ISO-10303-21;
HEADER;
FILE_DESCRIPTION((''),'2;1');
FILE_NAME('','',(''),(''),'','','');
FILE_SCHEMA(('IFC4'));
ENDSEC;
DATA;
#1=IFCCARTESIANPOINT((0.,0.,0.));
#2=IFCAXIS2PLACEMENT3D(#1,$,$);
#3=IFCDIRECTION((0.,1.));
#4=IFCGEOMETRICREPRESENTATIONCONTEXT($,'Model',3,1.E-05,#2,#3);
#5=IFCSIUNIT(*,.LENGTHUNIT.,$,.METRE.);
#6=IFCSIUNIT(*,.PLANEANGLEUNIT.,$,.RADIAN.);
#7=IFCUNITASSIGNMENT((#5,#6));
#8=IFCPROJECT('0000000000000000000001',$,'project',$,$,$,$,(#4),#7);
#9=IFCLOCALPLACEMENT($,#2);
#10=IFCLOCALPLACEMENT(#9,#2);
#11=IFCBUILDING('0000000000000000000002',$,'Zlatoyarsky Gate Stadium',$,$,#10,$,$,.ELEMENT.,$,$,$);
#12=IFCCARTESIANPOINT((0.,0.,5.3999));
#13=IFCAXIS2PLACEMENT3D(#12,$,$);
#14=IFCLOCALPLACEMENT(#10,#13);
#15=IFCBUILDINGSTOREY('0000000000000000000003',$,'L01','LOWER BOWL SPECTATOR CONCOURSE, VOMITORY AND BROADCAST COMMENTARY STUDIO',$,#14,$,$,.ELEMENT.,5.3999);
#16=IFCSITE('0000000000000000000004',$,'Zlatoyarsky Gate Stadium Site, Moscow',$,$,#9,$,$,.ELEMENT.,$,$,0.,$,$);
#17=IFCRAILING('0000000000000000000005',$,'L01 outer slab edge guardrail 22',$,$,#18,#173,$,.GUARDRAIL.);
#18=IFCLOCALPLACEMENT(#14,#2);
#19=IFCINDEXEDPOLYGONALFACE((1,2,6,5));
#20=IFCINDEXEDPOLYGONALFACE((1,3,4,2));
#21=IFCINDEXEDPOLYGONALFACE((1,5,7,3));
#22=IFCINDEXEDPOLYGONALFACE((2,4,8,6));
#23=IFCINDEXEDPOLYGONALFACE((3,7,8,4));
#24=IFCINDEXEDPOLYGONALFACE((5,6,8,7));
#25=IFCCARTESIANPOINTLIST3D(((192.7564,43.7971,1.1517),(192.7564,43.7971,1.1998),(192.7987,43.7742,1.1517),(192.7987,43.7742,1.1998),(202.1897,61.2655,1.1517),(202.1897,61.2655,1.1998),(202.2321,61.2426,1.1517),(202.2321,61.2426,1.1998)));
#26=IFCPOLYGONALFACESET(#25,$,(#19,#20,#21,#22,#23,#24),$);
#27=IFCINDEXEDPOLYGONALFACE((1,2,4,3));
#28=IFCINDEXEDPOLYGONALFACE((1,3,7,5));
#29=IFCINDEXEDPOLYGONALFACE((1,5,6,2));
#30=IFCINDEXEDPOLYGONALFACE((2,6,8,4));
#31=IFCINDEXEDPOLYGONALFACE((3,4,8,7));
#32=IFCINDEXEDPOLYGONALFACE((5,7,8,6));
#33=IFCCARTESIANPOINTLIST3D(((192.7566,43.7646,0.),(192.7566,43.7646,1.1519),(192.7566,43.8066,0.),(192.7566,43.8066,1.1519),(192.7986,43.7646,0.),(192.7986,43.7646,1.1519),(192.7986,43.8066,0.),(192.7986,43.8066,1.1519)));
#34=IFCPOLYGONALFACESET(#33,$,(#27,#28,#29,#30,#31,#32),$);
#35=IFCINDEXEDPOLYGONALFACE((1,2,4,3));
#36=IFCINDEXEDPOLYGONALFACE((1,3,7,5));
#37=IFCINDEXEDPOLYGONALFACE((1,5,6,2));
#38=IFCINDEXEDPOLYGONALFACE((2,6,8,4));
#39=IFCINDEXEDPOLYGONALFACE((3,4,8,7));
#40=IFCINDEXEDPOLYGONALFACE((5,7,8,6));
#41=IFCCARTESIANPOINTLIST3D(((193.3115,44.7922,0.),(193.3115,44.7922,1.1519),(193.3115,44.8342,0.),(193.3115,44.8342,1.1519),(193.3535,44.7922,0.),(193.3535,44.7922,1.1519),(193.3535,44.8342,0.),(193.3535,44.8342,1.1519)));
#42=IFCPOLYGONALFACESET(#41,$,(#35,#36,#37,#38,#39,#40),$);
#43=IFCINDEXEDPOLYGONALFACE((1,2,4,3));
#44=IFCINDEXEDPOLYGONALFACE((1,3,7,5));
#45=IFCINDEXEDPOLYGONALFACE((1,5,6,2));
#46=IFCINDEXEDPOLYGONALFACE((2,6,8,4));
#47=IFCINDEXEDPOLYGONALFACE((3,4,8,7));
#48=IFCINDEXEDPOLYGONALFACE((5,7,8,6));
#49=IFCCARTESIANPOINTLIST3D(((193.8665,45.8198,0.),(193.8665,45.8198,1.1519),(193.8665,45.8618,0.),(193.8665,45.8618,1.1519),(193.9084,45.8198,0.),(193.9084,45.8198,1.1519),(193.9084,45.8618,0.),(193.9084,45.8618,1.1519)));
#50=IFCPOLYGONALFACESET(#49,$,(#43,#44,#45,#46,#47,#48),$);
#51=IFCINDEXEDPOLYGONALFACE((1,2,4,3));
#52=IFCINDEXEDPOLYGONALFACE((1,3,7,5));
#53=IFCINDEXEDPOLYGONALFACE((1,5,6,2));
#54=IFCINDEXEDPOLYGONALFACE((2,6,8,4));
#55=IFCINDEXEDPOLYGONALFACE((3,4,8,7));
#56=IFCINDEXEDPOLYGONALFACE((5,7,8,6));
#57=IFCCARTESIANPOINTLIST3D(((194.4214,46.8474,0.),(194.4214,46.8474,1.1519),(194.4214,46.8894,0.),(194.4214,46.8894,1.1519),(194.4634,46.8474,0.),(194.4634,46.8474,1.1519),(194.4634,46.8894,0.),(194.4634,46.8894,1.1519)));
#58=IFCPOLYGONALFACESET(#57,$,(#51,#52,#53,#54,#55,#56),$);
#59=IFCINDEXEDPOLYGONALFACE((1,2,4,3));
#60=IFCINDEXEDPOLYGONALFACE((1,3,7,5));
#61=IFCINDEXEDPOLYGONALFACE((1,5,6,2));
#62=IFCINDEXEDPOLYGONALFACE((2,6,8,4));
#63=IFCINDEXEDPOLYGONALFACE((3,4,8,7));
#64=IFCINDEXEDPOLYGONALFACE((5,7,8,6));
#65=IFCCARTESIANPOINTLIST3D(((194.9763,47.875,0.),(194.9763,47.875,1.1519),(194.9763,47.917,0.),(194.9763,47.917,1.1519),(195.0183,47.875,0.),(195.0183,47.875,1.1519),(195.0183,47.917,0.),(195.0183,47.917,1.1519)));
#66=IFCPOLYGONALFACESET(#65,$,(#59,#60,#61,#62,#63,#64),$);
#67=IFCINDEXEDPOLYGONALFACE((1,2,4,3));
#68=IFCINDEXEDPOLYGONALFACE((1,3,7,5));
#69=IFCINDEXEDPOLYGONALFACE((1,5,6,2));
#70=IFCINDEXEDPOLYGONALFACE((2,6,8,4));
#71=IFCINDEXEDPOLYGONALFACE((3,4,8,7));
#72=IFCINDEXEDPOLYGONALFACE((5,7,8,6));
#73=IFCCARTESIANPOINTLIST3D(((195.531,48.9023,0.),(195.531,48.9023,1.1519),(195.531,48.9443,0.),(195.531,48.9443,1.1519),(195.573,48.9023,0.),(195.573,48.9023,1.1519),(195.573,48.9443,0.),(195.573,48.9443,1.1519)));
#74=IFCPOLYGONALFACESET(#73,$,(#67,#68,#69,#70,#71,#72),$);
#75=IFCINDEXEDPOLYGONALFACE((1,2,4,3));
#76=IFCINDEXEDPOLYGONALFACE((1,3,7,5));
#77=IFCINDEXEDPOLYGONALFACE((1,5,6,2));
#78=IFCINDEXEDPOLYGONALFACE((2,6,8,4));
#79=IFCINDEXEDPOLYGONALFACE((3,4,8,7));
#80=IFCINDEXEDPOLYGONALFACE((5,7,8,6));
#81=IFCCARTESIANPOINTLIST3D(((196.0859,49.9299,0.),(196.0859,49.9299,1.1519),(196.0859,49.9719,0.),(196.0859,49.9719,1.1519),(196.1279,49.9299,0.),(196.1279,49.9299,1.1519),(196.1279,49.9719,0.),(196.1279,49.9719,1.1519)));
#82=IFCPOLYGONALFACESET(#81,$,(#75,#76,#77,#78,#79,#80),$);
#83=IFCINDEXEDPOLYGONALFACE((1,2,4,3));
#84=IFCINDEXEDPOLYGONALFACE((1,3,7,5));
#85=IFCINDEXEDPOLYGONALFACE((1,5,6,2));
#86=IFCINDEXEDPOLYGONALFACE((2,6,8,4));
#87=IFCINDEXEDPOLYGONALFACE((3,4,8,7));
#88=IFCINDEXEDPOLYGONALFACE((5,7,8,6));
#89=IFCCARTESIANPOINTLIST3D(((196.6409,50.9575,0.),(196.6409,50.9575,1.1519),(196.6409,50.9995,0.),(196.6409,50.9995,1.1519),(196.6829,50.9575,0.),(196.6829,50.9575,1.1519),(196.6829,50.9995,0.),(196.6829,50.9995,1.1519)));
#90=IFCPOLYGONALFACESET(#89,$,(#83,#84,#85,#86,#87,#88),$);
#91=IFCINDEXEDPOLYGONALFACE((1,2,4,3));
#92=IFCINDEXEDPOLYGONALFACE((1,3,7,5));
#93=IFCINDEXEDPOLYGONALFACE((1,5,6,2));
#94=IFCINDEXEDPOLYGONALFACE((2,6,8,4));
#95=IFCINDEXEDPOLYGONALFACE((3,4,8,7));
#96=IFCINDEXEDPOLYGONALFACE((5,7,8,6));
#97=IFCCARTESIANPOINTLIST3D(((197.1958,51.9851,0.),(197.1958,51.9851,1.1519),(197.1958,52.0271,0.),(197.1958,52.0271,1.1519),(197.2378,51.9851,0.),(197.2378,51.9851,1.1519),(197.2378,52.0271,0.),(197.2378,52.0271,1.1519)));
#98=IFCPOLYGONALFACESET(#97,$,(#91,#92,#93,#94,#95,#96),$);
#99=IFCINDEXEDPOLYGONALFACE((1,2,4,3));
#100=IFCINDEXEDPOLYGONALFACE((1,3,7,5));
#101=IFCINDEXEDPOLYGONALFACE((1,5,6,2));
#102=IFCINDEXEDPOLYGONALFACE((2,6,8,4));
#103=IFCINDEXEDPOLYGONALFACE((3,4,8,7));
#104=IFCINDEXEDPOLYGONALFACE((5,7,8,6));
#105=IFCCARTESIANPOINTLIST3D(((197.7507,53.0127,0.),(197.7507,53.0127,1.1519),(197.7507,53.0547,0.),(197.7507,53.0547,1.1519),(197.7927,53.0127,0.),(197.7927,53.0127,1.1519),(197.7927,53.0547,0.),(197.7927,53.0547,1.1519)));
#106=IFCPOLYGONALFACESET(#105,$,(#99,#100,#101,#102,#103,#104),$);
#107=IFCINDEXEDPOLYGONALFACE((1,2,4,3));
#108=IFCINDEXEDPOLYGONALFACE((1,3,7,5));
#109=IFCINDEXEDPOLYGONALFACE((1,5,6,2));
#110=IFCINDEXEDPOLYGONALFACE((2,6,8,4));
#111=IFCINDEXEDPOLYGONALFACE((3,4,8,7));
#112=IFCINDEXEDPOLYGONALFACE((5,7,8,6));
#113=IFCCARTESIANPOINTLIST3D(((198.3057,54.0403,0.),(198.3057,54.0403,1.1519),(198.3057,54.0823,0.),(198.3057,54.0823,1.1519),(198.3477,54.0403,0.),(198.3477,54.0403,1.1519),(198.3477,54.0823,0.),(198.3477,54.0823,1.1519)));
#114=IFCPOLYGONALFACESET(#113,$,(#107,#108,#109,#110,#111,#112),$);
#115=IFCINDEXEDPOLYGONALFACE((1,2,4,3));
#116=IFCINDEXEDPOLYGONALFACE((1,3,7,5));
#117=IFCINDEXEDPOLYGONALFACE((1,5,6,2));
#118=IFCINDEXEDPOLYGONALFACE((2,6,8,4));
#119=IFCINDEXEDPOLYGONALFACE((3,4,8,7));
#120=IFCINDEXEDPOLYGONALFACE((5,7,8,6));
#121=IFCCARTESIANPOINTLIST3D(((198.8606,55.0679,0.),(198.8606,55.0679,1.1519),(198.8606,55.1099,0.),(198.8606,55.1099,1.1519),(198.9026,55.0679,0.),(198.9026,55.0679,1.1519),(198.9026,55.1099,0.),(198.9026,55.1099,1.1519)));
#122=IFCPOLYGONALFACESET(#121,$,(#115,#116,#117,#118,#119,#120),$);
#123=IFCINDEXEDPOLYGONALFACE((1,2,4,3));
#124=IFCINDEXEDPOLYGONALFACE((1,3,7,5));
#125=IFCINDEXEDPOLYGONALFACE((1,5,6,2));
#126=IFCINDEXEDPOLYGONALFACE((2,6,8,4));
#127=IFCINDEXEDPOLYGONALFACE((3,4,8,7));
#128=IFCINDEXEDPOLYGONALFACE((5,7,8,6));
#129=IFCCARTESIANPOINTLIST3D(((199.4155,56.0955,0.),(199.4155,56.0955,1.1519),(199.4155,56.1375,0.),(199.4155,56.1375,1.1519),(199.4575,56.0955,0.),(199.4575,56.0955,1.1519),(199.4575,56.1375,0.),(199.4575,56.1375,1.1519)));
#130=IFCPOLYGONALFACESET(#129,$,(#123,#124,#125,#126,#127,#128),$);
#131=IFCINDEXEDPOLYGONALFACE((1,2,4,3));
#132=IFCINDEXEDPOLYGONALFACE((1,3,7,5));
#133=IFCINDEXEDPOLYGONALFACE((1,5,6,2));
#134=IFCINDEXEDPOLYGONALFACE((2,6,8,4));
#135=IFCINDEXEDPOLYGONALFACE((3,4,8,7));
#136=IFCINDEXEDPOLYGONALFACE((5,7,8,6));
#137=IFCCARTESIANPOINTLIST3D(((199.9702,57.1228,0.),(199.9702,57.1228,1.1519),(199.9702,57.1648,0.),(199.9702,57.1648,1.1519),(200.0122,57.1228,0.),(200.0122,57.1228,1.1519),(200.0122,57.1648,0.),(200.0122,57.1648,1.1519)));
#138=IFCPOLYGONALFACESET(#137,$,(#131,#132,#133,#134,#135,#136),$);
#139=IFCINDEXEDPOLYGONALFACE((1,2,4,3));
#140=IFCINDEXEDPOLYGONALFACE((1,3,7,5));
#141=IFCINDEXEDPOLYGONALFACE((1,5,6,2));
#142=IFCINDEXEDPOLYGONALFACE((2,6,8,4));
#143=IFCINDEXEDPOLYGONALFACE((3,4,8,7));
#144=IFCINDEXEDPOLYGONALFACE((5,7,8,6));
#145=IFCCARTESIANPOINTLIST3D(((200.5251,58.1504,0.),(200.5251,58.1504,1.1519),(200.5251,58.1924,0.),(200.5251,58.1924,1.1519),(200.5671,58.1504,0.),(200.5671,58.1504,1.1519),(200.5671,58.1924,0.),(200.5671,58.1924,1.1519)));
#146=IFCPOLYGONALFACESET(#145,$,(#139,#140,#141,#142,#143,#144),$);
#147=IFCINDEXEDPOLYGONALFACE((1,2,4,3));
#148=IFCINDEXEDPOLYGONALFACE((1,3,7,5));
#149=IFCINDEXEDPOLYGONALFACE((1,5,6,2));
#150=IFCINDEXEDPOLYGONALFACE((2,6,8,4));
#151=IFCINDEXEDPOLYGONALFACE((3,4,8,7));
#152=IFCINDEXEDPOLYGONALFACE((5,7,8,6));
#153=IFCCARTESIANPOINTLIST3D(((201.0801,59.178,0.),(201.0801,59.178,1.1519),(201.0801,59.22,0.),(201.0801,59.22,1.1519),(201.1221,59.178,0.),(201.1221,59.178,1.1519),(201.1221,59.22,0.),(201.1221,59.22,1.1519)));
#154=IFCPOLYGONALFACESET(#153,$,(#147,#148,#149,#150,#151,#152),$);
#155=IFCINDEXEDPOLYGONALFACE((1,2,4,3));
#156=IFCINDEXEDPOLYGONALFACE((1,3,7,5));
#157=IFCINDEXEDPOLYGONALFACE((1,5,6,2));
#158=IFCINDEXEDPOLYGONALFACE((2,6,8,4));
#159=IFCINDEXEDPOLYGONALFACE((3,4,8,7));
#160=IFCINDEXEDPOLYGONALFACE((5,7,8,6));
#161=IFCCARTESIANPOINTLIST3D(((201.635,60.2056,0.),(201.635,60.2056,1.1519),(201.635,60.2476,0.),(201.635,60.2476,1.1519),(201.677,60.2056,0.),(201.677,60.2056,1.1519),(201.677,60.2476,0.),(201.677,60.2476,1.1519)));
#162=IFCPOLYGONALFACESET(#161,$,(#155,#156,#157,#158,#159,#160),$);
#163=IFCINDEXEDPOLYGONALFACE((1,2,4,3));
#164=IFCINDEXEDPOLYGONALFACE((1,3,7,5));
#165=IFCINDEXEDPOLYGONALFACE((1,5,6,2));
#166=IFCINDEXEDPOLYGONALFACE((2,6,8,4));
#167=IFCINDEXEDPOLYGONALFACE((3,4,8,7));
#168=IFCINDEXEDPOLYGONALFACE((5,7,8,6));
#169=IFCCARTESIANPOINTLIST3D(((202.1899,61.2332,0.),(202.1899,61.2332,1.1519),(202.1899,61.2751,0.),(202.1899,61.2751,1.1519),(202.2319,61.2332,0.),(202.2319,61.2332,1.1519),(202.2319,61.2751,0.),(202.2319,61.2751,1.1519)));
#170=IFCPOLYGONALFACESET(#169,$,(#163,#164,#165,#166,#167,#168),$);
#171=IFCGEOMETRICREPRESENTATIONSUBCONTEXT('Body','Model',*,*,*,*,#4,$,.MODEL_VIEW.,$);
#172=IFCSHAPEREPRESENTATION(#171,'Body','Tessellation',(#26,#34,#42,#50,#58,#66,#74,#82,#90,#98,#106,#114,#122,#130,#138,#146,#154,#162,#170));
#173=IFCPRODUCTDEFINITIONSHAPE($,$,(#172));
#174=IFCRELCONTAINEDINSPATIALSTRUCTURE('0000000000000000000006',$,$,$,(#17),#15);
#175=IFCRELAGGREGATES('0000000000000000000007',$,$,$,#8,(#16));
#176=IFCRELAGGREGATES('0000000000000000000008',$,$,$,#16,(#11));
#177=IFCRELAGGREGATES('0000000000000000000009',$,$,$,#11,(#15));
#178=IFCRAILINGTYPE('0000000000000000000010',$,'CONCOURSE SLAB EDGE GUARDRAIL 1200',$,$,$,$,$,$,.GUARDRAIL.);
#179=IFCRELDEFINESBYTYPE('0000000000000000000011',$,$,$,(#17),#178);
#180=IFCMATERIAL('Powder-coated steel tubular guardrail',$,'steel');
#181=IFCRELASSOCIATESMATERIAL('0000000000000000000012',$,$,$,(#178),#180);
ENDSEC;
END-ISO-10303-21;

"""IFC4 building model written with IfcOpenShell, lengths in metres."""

from ifc_helpers import new_model, si_unit, direction, frame, origin, origin_2d, place, context, subcontext, project, spatial, rectangle, extrude, material, type_object, element, save


model = new_model("IFC4")

# Units and contexts
model_context = context("Model", 3, precision=1e-05, world=origin(), true_north=direction((0.0, 1.0)))
body_context = subcontext(model_context, "Body", "Model", "MODEL_VIEW")
ifc_project = project(units=[si_unit("LENGTHUNIT", "METRE"), si_unit("PLANEANGLEUNIT", "RADIAN")], contexts=[model_context])

# Site, building, storey
site_placement = place(None, origin())
site = spatial("IfcSite", under=ifc_project, at=site_placement, Name="Zlatoyarsky Gate Stadium Site, Moscow", CompositionType="ELEMENT", RefElevation=0.0)
building_placement = place(site_placement, origin())
building = spatial("IfcBuilding", under=site, at=building_placement, Name="Zlatoyarsky Gate Stadium", CompositionType="ELEMENT")
storey_placement = place(building_placement, frame((0.0, 0.0, 5.3999)))
storey = spatial("IfcBuildingStorey", under=building, at=storey_placement, Name="L01", Description="LOWER BOWL SPECTATOR CONCOURSE, VOMITORY AND BROADCAST COMMENTARY STUDIO", CompositionType="ELEMENT", Elevation=5.3999)

# Railing
ifc_material_1 = material(Name="Powder-coated steel tubular guardrail", Category="steel")
railing_type = type_object("IfcRailingType", Name="CONCOURSE SLAB EDGE GUARDRAIL 1200", PredefinedType="GUARDRAIL", material=ifc_material_1)
railing_placement = place(storey_placement, frame((192.7776, 43.7856, 0.0)))
element("IfcRailing", 1, at=railing_placement, inside=storey, type_object=railing_type, Name="L01 outer slab edge guardrail 22", PredefinedType="GUARDRAIL", context=body_context, shape_type="SweptSolid", body=[
    extrude(rectangle(XDim=0.0481, YDim=0.0481, at=origin_2d()), frame((0.0, 0.0, 1.1758), z_axis=(0.475163, 0.879898, 0.0), x_axis=(-0.879898, 0.475163, 0.0)), (0.0, 0.0, 1.0), 19.8528),
    extrude(rectangle(XDim=0.042, YDim=0.042, at=origin_2d()), origin(), (0.0, 0.0, 1.0), 1.1519),
    extrude(rectangle(XDim=0.042, YDim=0.042, at=origin_2d()), frame((0.5549, 1.0276, 0.0)), (0.0, 0.0, 1.0), 1.1519),
    extrude(rectangle(XDim=0.042, YDim=0.042, at=origin_2d()), frame((1.1099, 2.0552, 0.0)), (0.0, 0.0, 1.0), 1.1519),
    extrude(rectangle(XDim=0.042, YDim=0.042, at=origin_2d()), frame((1.6648, 3.0828, 0.0)), (0.0, 0.0, 1.0), 1.1519),
    extrude(rectangle(XDim=0.042, YDim=0.042, at=origin_2d()), frame((2.2197, 4.1104, 0.0)), (0.0, 0.0, 1.0), 1.1519),
    extrude(rectangle(XDim=0.042, YDim=0.042, at=origin_2d()), frame((2.7744, 5.1377, 0.0)), (0.0, 0.0, 1.0), 1.1519),
    extrude(rectangle(XDim=0.042, YDim=0.042, at=origin_2d()), frame((3.3293, 6.1653, 0.0)), (0.0, 0.0, 1.0), 1.1519),
    extrude(rectangle(XDim=0.042, YDim=0.042, at=origin_2d()), frame((3.8843, 7.1929, 0.0)), (0.0, 0.0, 1.0), 1.1519),
    extrude(rectangle(XDim=0.042, YDim=0.042, at=origin_2d()), frame((4.4392, 8.2205, 0.0)), (0.0, 0.0, 1.0), 1.1519),
    extrude(rectangle(XDim=0.042, YDim=0.042, at=origin_2d()), frame((4.9941, 9.248, 0.0)), (0.0, 0.0, 1.0), 1.1519),
    extrude(rectangle(XDim=0.042, YDim=0.042, at=origin_2d()), frame((5.5491, 10.2756, 0.0)), (0.0, 0.0, 1.0), 1.1519),
    extrude(rectangle(XDim=0.042, YDim=0.042, at=origin_2d()), frame((6.104, 11.3032, 0.0)), (0.0, 0.0, 1.0), 1.1519),
    extrude(rectangle(XDim=0.042, YDim=0.042, at=origin_2d()), frame((6.6589, 12.3308, 0.0)), (0.0, 0.0, 1.0), 1.1519),
    extrude(rectangle(XDim=0.042, YDim=0.042, at=origin_2d()), frame((7.2136, 13.3582, 0.0)), (0.0, 0.0, 1.0), 1.1519),
    extrude(rectangle(XDim=0.042, YDim=0.042, at=origin_2d()), frame((7.7686, 14.3857, 0.0)), (0.0, 0.0, 1.0), 1.1519),
    extrude(rectangle(XDim=0.042, YDim=0.042, at=origin_2d()), frame((8.3235, 15.4133, 0.0)), (0.0, 0.0, 1.0), 1.1519),
    extrude(rectangle(XDim=0.042, YDim=0.042, at=origin_2d()), frame((8.8784, 16.4409, 0.0)), (0.0, 0.0, 1.0), 1.1519),
    extrude(rectangle(XDim=0.042, YDim=0.042, at=origin_2d()), frame((9.4333, 17.4685, 0.0)), (0.0, 0.0, 1.0), 1.1519),
])

save(model, "model.ifc")
